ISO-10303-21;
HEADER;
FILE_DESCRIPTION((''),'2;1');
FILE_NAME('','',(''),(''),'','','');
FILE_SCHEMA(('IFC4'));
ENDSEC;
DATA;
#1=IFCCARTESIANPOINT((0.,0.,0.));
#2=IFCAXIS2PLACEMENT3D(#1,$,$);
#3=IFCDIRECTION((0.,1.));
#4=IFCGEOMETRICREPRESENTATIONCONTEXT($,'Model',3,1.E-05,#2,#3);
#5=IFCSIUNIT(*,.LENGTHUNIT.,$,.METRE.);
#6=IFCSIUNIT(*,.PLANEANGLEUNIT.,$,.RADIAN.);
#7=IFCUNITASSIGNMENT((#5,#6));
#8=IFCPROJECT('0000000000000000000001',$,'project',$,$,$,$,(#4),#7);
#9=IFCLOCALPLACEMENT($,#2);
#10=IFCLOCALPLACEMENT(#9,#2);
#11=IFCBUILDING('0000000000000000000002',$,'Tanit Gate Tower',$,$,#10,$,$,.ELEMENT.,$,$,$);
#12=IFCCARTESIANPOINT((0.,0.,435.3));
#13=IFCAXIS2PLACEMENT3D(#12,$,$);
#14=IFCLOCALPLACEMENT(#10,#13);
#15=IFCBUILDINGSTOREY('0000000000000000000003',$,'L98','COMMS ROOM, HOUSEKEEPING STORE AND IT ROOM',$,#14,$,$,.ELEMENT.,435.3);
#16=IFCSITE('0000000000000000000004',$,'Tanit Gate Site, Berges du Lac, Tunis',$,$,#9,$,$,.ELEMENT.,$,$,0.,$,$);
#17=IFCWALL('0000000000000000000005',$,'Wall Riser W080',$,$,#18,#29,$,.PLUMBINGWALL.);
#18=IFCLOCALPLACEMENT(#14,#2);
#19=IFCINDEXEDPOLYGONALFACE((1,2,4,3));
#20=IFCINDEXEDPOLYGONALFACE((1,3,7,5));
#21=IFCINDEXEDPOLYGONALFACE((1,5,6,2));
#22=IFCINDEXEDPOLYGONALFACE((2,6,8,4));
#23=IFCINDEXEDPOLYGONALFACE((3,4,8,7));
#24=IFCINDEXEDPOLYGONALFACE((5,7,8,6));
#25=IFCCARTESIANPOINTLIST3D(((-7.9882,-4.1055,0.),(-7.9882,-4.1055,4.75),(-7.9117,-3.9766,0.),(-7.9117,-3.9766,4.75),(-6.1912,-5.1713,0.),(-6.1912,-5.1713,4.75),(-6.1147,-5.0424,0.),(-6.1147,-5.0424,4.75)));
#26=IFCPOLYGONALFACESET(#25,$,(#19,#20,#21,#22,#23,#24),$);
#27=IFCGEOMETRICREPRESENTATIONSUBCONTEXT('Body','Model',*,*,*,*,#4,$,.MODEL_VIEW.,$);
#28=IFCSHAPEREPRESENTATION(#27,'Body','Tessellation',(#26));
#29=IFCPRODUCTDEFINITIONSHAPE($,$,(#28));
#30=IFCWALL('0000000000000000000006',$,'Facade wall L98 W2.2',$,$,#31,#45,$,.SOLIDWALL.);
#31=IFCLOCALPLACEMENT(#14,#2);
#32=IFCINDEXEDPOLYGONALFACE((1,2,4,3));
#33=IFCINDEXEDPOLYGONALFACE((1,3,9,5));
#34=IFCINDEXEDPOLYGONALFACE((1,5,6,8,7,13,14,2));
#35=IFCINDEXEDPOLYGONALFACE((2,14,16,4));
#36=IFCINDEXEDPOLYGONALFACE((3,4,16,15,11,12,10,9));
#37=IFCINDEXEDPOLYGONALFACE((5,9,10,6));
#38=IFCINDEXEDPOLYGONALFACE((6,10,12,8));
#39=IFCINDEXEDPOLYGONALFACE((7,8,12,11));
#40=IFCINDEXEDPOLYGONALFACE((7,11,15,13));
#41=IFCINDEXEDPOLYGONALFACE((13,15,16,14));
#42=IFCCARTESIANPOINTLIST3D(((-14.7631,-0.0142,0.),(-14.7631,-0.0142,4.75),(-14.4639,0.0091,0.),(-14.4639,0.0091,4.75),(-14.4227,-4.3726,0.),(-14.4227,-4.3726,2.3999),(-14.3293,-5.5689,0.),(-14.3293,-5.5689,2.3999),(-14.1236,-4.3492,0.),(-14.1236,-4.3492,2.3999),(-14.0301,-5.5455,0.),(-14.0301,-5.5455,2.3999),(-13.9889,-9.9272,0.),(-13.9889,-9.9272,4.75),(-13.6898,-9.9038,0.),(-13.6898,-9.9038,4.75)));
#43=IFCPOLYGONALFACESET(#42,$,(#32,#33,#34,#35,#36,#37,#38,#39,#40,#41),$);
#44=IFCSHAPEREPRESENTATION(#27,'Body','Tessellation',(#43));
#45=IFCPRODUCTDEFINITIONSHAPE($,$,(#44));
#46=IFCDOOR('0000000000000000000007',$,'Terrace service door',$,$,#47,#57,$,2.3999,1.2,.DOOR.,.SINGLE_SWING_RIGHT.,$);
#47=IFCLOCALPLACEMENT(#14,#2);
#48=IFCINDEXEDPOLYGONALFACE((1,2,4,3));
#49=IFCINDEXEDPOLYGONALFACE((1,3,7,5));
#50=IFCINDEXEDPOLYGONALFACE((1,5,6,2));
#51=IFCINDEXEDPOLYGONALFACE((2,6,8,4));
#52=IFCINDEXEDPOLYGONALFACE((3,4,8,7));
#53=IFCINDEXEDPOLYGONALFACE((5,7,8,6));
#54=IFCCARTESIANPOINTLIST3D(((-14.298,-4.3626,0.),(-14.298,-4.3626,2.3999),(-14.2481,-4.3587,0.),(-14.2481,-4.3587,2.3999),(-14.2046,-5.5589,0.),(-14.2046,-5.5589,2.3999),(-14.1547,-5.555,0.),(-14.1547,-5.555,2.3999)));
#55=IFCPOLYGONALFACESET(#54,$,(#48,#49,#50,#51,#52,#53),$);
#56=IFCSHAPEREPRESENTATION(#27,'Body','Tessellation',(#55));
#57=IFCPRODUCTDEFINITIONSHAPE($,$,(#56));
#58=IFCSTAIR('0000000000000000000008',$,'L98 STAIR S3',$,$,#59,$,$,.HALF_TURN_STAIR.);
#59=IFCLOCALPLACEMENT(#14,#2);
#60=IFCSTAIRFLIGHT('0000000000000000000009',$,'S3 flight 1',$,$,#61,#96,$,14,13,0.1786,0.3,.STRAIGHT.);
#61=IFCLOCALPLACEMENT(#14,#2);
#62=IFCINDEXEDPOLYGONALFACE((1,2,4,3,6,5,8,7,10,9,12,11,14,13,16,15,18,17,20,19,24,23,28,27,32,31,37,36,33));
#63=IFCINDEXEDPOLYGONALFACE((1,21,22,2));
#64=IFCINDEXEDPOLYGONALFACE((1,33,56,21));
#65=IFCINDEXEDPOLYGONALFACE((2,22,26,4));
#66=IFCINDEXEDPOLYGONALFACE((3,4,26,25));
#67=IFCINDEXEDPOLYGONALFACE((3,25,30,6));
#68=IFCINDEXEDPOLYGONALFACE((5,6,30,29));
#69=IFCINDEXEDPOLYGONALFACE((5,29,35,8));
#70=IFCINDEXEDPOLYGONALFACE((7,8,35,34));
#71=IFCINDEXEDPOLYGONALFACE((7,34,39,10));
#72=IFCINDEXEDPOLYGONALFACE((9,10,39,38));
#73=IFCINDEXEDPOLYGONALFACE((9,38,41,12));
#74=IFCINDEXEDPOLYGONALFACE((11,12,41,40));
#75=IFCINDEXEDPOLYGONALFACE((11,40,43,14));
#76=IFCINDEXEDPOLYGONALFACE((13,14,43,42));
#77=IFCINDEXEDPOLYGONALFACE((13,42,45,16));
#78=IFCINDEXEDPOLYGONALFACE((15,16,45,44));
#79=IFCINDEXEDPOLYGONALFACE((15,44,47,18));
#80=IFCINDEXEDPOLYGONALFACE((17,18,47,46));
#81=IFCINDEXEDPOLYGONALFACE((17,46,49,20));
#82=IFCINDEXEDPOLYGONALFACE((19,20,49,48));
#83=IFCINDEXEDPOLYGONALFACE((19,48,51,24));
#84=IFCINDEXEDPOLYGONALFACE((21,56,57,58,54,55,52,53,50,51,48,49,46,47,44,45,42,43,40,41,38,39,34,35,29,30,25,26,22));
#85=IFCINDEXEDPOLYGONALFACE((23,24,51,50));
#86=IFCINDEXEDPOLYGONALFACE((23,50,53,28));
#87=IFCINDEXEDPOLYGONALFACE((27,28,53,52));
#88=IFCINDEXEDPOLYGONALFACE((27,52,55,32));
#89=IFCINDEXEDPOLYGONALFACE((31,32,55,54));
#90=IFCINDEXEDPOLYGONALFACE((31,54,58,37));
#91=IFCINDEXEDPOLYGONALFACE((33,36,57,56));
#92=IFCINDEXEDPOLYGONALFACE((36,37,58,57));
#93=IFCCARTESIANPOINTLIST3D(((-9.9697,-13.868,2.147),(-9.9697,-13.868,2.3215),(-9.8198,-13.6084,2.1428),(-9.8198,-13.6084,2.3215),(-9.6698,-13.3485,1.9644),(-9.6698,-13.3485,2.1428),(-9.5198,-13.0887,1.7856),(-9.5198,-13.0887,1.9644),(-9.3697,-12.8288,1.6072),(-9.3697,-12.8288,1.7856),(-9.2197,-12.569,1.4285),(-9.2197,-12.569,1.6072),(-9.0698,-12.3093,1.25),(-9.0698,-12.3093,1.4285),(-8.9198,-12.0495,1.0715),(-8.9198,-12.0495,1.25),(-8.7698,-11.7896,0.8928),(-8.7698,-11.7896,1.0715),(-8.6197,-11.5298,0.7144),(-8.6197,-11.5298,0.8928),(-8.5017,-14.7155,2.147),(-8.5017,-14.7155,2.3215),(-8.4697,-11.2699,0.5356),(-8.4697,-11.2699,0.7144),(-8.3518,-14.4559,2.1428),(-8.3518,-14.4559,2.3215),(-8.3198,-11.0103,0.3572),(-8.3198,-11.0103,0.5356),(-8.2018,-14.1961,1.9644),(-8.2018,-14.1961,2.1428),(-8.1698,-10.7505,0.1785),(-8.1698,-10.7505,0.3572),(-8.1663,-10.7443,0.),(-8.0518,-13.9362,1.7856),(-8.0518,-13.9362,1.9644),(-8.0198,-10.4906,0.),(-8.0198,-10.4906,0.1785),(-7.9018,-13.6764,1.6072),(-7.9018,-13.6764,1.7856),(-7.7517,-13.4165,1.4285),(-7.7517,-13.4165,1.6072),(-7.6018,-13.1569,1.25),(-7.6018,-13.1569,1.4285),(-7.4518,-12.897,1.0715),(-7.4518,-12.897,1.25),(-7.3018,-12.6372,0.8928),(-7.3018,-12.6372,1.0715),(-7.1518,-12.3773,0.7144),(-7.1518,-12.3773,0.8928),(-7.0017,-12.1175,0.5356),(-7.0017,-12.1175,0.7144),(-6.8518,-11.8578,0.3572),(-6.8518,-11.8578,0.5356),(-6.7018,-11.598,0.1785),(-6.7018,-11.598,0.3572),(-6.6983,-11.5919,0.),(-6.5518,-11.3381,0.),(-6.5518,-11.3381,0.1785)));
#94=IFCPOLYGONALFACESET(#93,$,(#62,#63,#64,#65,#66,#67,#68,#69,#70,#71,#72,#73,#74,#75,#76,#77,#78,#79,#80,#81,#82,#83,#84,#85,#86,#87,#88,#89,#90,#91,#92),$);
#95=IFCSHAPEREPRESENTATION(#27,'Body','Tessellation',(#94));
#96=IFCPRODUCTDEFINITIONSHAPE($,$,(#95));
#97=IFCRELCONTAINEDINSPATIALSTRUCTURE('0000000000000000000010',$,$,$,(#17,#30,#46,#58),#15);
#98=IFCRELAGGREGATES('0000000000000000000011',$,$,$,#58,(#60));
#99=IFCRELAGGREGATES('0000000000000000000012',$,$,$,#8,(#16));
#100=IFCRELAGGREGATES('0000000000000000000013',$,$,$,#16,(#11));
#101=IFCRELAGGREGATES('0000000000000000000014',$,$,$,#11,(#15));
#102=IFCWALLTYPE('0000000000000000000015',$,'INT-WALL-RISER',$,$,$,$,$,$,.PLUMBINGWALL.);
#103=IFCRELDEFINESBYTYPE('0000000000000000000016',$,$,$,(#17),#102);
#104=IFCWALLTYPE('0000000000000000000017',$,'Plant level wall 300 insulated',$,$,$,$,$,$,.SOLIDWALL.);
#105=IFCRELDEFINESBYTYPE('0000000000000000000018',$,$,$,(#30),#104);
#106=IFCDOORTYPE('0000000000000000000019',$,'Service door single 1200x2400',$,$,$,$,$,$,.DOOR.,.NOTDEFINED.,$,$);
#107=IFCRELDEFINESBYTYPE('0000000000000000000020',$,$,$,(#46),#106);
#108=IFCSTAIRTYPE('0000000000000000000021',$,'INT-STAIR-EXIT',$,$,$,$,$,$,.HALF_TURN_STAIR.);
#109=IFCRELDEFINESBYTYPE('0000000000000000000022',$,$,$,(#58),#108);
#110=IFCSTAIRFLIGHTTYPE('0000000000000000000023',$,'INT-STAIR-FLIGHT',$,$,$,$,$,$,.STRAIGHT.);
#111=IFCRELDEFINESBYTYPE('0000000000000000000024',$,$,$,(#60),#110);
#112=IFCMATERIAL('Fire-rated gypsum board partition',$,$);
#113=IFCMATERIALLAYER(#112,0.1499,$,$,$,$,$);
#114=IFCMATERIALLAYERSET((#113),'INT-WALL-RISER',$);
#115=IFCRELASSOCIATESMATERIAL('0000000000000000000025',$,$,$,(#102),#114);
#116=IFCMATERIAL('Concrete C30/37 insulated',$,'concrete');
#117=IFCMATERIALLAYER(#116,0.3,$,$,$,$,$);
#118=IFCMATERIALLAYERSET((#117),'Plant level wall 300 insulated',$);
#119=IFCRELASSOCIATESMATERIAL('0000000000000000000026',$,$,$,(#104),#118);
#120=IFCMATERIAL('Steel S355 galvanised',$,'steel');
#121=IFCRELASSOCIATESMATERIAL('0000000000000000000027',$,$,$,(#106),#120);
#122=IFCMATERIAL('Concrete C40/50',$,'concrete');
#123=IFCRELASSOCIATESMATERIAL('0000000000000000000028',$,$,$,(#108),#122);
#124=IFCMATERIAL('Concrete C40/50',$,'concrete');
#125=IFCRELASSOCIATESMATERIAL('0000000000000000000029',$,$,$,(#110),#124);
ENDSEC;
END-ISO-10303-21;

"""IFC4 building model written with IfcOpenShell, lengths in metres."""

from ifc_helpers import new_model, si_unit, direction, frame, frame_2d, origin, place, context, subcontext, project, spatial, polyline, rectangle, outline, extrude, material, layer, layer_set, type_object, element, fill, aggregate, save


model = new_model("IFC4")

# Units and contexts
model_context = context("Model", 3, precision=1e-05, world=origin(), true_north=direction((0.0, 1.0)))
body_context = subcontext(model_context, "Body", "Model", "MODEL_VIEW")
ifc_project = project(units=[si_unit("LENGTHUNIT", "METRE"), si_unit("PLANEANGLEUNIT", "RADIAN")], contexts=[model_context])

# Site, building, storey
site_placement = place(None, origin())
site = spatial("IfcSite", under=ifc_project, at=site_placement, Name="Tanit Gate Site, Berges du Lac, Tunis", CompositionType="ELEMENT", RefElevation=0.0)
building_placement = place(site_placement, origin())
building = spatial("IfcBuilding", under=site, at=building_placement, Name="Tanit Gate Tower", CompositionType="ELEMENT")
storey_placement = place(building_placement, frame((0.0, 0.0, 435.3)))
storey = spatial("IfcBuildingStorey", under=building, at=storey_placement, Name="L98", Description="COMMS ROOM, HOUSEKEEPING STORE AND IT ROOM", CompositionType="ELEMENT", Elevation=435.3)

# Wall
ifc_material_1 = material(Name="Fire-rated gypsum board partition")
ifc_layer_1 = layer(ifc_material_1, 0.1499)
ifc_layer_set_1 = layer_set([ifc_layer_1], Name="INT-WALL-RISER")
wall_type_1 = type_object("IfcWallType", Name="INT-WALL-RISER", PredefinedType="PLUMBINGWALL", material=ifc_layer_set_1)
wall_1_placement = place(storey_placement, frame((-7.95, -4.041, 0.0), z_axis=(0.0, 0.0, 1.0), x_axis=(0.86009, -0.510142, 0.0)))
element("IfcWall", 1, at=wall_1_placement, inside=storey, type_object=wall_type_1, Name="Wall Riser W080", PredefinedType="PLUMBINGWALL", context=body_context, shape_type="SweptSolid", body=[
    extrude(rectangle(XDim=2.0894, YDim=0.1499, at=frame_2d((1.0447, 0.0))), origin(), (0.0, 0.0, 1.0), 4.75),
])

# Wall, opening, door
ifc_material_2 = material(Name="Concrete C30/37 insulated", Category="concrete")
ifc_layer_2 = layer(ifc_material_2, 0.3)
ifc_layer_set_2 = layer_set([ifc_layer_2], Name="Plant level wall 300 insulated")
wall_type_2 = type_object("IfcWallType", Name="Plant level wall 300 insulated", PredefinedType="SOLIDWALL", material=ifc_layer_set_2)
wall_2_placement = place(storey_placement, frame((-14.6135, -0.0024, 0.0), z_axis=(0.0, 0.0, 1.0), x_axis=(0.077861, -0.996964, 0.0)))
wall_2 = element("IfcWall", 2, at=wall_2_placement, inside=storey, type_object=wall_type_2, Name="Facade wall L98 W2.2", PredefinedType="SOLIDWALL", context=body_context, shape_type="SweptSolid", body=[
    extrude(rectangle(XDim=9.9431, YDim=0.3, at=frame_2d((4.9717, 0.0))), origin(), (0.0, 0.0, 1.0), 4.75),
])
opening_1_placement = place(wall_2_placement, frame((4.3716, 0.0, 0.0)))
opening_1 = element("IfcOpeningElement", 3, at=opening_1_placement, cuts=wall_2, PredefinedType="OPENING", context=body_context, shape_type="SweptSolid", body=[
    extrude(rectangle(XDim=1.2, YDim=2.3999, at=frame_2d((0.6001, 1.2))), frame((0.0, 0.1602, 0.0), z_axis=(0.0, -1.0, 0.0), x_axis=(1.0, 0.0, 0.0)), (0.0, 0.0, 1.0), 0.3201),
])
ifc_material_3 = material(Name="Steel S355 galvanised", Category="steel")
door_type_1 = type_object("IfcDoorType", Name="Service door single 1200x2400", OperationType="NOTDEFINED", PredefinedType="DOOR", material=ifc_material_3)
door_1_placement = place(opening_1_placement, frame((1.2, 0.0, 0.0), z_axis=(0.0, 0.0, 1.0), x_axis=(-1.0, 0.0, 0.0)))
door_1 = element("IfcDoor", 4, at=door_1_placement, inside=storey, type_object=door_type_1, Name="Terrace service door", OperationType="SINGLE_SWING_RIGHT", OverallHeight=2.3999, OverallWidth=1.2, PredefinedType="DOOR", context=body_context, shape_type="SweptSolid", body=[
    extrude(rectangle(XDim=1.2, YDim=2.3999, at=frame_2d((0.6001, 1.2))), frame((0.0, 0.0249, 0.0), z_axis=(0.0, -1.0, 0.0), x_axis=(1.0, 0.0, 0.0)), (0.0, 0.0, 1.0), 0.05),
])
fill(opening_1, door_1)

# Stair, stair flight
ifc_material_4 = material(Name="Concrete C40/50", Category="concrete")
stair_type = type_object("IfcStairType", Name="INT-STAIR-EXIT", PredefinedType="HALF_TURN_STAIR", material=ifc_material_4)
stair_placement = place(storey_placement, origin())
stair = element("IfcStair", 5, at=stair_placement, inside=storey, type_object=stair_type, Name="L98 STAIR S3", PredefinedType="HALF_TURN_STAIR")
ifc_material_5 = material(Name="Concrete C40/50", Category="concrete")
stair_flight_type = type_object("IfcStairFlightType", Name="INT-STAIR-FLIGHT", PredefinedType="STRAIGHT", material=ifc_material_5)
stair_flight_placement = place(storey_placement, frame((-7.2859, -10.9143, 0.0), z_axis=(0.0, 0.0, 1.0), x_axis=(-0.5, -0.866025, 0.0)))
stair_flight = element("IfcStairFlight", 6, at=stair_flight_placement, type_object=stair_flight_type, Name="S3 flight 1", NumberOfRisers=14, NumberOfTreads=13, PredefinedType="STRAIGHT", RiserHeight=0.1786, TreadLength=0.3, context=body_context, shape_type="SweptSolid", body=[
    extrude(outline(polyline([(0.0, 0.0), (0.0, 0.1785), (0.3, 0.1785), (0.3, 0.3572), (0.6001, 0.3572), (0.6001, 0.5356), (0.8999, 0.5356), (0.8999, 0.7144), (1.2, 0.7144), (1.2, 0.8928), (1.5, 0.8928), (1.5, 1.0715), (1.8, 1.0715), (1.8, 1.25), (2.1001, 1.25), (2.1001, 1.4285), (2.3999, 1.4285), (2.3999, 1.6072), (2.7, 1.6072), (2.7, 1.7856), (3.0, 1.7856), (3.0, 1.9644), (3.3, 1.9644), (3.3, 2.1428), (3.6001, 2.1428), (3.6001, 2.3215), (3.8999, 2.3215), (3.8999, 2.5), (3.8999, 2.147), (0.293, 0.0), (0.0, 0.0)])), frame((0.0, 0.8477, 0.0), z_axis=(0.0, -1.0, 0.0), x_axis=(1.0, 0.0, 0.0)), (0.0, 0.0, 1.0), 1.6951),
])
aggregate(stair, [stair_flight])

save(model, "model.ifc")
